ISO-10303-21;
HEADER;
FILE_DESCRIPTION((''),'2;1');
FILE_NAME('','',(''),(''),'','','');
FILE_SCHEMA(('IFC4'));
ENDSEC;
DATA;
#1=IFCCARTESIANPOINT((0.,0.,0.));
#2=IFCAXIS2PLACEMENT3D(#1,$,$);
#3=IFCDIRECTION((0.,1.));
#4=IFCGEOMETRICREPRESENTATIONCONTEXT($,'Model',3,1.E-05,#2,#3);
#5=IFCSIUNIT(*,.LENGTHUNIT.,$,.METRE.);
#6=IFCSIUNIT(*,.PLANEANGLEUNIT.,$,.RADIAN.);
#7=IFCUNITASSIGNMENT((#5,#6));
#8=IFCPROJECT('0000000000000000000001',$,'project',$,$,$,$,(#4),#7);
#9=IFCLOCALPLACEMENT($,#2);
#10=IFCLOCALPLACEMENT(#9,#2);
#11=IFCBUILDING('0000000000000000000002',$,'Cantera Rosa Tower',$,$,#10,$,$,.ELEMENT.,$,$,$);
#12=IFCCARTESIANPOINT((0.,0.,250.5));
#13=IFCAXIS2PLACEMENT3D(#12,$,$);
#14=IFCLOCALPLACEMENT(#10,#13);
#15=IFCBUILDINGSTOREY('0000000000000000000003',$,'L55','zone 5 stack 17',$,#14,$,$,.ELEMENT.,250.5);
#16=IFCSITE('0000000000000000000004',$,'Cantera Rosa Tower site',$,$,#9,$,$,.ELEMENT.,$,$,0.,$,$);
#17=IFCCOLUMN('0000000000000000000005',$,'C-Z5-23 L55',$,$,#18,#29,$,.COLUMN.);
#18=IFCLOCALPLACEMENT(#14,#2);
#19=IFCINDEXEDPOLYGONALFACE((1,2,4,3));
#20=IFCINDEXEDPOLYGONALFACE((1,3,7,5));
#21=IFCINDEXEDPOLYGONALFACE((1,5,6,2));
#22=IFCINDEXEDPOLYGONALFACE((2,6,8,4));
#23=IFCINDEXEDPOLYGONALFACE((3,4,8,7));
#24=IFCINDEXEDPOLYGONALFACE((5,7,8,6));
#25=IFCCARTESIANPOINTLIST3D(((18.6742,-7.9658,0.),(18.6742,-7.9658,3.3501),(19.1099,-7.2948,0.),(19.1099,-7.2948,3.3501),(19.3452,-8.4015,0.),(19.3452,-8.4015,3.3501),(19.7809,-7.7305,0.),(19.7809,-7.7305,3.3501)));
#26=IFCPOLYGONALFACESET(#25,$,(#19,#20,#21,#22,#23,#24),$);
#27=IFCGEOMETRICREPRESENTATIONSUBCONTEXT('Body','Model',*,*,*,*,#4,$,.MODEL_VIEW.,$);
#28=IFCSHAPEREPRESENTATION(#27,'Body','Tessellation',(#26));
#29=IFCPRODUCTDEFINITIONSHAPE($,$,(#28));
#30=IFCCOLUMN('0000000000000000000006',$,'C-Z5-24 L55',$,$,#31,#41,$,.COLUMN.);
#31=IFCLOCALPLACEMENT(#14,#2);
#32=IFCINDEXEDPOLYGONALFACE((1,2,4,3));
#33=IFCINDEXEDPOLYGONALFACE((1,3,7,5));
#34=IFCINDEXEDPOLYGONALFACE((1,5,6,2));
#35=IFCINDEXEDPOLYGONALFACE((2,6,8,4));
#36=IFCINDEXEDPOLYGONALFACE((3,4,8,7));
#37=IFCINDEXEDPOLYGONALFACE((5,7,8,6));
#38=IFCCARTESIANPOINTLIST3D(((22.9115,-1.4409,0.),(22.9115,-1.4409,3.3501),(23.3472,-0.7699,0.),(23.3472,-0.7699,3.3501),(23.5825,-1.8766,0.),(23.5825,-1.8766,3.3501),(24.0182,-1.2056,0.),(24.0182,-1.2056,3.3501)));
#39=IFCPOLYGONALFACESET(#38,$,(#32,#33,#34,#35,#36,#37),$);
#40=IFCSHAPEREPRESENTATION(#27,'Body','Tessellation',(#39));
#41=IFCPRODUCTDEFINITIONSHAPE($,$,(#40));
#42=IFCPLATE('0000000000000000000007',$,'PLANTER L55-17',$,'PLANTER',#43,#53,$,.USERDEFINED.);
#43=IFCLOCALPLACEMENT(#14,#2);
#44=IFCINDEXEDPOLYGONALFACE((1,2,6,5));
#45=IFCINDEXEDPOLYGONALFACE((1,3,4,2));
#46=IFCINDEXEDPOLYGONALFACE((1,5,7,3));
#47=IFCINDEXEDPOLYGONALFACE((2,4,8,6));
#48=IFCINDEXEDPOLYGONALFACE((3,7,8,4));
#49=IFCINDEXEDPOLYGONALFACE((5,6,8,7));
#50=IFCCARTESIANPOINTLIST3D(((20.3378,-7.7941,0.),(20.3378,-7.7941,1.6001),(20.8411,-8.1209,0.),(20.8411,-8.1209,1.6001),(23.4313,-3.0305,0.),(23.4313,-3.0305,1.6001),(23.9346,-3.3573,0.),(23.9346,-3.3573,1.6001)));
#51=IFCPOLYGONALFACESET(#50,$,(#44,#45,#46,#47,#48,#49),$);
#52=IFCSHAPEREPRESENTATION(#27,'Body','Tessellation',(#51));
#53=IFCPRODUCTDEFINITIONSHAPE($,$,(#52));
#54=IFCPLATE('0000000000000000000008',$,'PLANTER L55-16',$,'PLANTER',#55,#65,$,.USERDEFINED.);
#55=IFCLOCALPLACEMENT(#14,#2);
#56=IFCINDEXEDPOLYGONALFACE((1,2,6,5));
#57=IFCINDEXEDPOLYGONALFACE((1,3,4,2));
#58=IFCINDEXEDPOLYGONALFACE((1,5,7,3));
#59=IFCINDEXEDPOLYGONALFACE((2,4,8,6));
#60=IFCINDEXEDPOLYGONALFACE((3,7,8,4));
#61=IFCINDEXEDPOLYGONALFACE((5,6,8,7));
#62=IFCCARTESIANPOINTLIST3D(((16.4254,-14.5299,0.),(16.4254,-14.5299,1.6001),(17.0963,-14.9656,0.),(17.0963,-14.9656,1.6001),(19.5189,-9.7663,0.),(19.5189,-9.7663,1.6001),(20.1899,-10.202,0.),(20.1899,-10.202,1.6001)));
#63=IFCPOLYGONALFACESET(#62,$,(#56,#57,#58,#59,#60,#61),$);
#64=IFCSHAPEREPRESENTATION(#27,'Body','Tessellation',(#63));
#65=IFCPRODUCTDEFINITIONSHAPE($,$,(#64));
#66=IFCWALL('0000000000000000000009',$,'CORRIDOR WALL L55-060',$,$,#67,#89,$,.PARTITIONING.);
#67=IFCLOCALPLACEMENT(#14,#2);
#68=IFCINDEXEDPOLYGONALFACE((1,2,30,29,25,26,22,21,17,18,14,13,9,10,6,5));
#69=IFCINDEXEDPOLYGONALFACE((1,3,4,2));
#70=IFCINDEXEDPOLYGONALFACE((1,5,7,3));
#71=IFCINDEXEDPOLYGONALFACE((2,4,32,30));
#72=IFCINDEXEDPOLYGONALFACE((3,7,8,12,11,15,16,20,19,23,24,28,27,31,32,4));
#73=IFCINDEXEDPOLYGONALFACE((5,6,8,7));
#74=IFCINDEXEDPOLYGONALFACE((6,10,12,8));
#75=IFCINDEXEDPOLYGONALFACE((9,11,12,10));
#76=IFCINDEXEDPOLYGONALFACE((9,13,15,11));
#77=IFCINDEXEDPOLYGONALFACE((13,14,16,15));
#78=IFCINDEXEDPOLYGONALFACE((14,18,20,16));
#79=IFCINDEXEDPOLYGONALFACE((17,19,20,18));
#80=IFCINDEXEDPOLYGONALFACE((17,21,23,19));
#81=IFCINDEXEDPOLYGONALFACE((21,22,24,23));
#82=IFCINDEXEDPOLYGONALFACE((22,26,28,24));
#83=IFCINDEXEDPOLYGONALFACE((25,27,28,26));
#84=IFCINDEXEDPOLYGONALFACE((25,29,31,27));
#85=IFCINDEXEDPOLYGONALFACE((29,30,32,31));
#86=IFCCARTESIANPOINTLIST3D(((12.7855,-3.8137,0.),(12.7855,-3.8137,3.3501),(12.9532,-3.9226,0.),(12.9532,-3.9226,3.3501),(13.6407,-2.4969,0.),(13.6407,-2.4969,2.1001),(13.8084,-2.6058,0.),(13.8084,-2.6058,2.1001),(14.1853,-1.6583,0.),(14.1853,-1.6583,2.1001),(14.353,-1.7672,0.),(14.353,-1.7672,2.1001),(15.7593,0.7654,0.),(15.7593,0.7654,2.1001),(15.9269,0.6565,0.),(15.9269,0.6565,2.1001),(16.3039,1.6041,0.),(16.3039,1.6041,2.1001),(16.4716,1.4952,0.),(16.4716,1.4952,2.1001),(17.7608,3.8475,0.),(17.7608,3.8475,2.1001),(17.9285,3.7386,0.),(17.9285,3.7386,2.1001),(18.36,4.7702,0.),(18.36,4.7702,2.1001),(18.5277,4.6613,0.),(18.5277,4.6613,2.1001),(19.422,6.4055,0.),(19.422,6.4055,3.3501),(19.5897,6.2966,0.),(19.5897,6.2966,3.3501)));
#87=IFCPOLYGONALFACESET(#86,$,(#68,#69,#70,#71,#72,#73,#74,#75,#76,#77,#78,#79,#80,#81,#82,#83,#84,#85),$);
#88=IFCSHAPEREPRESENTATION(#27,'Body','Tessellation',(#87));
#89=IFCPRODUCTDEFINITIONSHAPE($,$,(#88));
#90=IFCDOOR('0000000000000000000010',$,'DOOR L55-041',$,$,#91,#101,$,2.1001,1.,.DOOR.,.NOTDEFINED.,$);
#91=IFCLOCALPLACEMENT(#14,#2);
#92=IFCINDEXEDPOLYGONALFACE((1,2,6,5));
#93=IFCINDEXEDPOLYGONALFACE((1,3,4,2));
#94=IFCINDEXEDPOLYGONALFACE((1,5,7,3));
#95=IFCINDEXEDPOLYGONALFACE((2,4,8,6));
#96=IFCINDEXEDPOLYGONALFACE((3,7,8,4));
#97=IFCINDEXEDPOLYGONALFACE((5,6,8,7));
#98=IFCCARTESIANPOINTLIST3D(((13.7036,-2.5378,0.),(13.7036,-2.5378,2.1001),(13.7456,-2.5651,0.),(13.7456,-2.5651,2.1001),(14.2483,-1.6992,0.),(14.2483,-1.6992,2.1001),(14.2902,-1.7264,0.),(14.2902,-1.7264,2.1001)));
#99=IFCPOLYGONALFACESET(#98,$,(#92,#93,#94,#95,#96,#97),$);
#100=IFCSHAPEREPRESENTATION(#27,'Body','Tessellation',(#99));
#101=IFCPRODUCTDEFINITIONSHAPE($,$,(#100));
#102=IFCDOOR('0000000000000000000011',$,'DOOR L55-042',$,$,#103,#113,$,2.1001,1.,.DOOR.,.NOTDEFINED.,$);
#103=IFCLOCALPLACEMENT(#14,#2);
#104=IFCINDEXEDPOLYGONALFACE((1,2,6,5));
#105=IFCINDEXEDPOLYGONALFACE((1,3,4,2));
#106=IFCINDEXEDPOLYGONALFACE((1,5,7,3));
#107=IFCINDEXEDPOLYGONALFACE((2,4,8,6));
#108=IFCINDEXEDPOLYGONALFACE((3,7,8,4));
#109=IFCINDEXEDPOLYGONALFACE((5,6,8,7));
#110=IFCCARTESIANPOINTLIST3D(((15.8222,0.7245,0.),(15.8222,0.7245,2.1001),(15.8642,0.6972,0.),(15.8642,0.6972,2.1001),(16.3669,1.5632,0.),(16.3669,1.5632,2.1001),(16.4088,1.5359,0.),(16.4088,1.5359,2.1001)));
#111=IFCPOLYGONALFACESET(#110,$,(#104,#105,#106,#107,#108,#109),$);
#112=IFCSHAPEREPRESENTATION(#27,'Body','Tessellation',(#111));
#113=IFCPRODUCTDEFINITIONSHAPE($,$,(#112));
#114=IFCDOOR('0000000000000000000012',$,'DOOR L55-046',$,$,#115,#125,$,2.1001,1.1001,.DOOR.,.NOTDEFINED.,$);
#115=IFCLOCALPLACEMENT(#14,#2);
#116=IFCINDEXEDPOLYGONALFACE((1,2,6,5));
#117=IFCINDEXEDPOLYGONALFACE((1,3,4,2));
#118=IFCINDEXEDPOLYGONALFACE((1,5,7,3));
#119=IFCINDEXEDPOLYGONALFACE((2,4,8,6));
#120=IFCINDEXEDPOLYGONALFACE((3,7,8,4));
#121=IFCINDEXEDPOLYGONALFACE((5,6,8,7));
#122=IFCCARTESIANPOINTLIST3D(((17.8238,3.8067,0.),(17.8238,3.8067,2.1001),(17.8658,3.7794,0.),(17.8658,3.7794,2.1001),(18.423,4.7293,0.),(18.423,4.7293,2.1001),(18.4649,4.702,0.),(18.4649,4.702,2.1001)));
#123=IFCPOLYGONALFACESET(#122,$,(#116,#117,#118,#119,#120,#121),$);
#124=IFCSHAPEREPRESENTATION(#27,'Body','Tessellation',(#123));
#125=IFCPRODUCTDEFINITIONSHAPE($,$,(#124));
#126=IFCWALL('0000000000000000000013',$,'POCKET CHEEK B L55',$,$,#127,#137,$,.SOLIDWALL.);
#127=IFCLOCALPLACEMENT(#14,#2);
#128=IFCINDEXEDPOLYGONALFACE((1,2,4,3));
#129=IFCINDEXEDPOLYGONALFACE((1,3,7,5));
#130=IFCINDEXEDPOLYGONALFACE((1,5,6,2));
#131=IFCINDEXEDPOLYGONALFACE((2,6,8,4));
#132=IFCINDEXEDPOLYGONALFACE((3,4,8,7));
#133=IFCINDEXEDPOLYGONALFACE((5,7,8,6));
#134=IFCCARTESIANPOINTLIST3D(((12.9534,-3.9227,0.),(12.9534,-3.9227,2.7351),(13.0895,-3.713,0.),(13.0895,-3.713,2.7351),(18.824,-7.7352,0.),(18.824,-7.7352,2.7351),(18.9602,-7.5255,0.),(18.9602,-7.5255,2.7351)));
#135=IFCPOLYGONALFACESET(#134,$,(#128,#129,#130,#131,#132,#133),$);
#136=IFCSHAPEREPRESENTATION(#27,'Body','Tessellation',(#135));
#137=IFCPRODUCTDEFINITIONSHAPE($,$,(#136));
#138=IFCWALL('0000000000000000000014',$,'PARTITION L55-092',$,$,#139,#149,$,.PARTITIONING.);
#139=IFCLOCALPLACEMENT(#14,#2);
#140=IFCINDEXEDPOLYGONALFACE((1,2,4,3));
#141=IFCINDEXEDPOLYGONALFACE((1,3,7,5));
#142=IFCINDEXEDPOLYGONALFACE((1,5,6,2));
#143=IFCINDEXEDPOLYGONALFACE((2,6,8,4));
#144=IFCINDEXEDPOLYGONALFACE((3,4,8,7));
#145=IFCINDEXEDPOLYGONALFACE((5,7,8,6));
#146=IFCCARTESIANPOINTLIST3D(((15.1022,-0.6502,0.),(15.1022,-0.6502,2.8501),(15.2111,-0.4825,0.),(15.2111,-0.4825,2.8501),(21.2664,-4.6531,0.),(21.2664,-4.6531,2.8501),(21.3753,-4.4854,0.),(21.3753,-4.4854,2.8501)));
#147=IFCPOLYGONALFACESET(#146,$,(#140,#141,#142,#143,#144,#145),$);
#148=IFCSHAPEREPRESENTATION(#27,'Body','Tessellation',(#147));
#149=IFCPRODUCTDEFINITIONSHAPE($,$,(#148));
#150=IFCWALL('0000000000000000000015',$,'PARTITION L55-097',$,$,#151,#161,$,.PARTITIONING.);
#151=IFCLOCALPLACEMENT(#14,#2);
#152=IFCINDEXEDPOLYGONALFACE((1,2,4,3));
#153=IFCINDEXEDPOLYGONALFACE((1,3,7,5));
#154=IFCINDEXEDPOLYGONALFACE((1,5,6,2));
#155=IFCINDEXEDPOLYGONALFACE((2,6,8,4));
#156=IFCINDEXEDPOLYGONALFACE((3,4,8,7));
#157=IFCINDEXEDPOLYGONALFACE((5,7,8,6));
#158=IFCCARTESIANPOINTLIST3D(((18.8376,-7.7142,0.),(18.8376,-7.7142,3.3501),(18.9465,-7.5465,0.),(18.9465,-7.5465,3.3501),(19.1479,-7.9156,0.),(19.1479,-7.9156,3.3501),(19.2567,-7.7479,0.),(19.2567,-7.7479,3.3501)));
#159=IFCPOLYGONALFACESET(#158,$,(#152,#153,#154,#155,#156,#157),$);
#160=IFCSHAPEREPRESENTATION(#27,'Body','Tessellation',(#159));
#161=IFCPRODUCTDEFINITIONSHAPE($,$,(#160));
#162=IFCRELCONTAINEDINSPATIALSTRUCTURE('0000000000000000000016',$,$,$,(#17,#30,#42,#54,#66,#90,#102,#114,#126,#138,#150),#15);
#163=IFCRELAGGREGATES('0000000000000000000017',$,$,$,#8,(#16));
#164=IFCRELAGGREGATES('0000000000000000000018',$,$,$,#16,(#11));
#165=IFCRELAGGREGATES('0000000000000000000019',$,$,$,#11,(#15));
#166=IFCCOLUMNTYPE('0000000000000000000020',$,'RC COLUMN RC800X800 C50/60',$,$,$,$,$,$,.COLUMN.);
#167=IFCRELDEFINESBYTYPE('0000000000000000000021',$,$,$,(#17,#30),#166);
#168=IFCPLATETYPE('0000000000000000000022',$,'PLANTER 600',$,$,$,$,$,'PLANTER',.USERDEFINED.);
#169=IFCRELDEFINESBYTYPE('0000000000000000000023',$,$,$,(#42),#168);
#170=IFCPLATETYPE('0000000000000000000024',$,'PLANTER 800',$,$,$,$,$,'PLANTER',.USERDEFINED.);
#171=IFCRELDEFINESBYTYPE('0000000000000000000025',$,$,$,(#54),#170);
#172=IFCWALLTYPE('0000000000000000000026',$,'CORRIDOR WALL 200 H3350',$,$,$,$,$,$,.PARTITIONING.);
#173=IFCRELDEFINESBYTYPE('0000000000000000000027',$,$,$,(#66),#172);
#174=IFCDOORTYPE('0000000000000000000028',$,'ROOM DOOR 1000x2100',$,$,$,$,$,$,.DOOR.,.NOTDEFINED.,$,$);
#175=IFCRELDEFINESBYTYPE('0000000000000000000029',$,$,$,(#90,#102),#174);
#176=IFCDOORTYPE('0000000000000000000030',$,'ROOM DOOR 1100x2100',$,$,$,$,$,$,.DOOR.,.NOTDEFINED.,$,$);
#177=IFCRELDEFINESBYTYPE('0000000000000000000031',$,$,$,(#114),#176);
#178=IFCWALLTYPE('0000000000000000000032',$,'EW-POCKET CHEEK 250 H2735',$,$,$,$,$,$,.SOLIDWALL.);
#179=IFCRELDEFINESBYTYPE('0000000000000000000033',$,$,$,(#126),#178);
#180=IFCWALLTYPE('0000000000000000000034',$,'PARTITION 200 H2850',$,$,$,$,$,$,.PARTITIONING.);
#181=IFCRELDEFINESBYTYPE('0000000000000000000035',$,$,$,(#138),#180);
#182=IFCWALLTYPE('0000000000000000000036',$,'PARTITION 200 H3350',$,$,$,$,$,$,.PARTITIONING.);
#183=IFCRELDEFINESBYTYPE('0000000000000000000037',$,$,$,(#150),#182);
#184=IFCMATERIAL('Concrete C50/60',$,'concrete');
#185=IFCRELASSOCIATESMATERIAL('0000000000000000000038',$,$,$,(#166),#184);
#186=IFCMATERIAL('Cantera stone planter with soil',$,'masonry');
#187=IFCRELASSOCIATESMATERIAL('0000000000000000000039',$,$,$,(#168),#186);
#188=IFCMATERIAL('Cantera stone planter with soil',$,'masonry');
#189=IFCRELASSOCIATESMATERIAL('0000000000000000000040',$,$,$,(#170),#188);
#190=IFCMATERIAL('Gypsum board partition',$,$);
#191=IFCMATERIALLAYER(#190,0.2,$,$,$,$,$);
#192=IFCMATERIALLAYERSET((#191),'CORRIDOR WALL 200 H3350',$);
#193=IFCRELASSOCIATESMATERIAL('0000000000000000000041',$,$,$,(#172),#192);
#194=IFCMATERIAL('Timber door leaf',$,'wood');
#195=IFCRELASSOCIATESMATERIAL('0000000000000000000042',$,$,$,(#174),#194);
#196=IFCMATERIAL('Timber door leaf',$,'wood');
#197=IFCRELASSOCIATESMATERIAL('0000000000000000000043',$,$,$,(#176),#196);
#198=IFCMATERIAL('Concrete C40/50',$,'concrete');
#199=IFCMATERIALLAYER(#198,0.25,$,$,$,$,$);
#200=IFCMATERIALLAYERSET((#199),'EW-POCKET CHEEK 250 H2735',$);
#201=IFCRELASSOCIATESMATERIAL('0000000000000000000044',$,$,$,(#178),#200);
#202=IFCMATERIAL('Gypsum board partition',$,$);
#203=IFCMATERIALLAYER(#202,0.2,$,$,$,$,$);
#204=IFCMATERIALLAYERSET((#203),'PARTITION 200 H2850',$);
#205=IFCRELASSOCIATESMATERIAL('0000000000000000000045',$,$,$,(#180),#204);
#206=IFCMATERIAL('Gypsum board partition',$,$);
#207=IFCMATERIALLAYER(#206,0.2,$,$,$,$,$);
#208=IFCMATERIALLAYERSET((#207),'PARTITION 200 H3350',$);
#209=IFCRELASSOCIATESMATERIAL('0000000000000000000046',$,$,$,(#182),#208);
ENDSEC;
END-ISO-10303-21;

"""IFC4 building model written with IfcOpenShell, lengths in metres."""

from ifc_helpers import new_model, si_unit, direction, frame, frame_2d, origin, origin_2d, place, context, subcontext, project, spatial, rectangle, extrude, material, layer, layer_set, material_profile, profile_set, type_object, element, fill, save


model = new_model("IFC4")

# Units and contexts
model_context = context("Model", 3, precision=1e-05, world=origin(), true_north=direction((0.0, 1.0)))
body_context = subcontext(model_context, "Body", "Model", "MODEL_VIEW")
ifc_project = project(units=[si_unit("LENGTHUNIT", "METRE"), si_unit("PLANEANGLEUNIT", "RADIAN")], contexts=[model_context])

# Site, building, storey
site_placement = place(None, origin())
site = spatial("IfcSite", under=ifc_project, at=site_placement, Name="Cantera Rosa Tower site", CompositionType="ELEMENT", RefElevation=0.0)
building_placement = place(site_placement, origin())
building = spatial("IfcBuilding", under=site, at=building_placement, Name="Cantera Rosa Tower", CompositionType="ELEMENT")
storey_placement = place(building_placement, frame((0.0, 0.0, 250.5)))
storey = spatial("IfcBuildingStorey", under=building, at=storey_placement, Name="L55", Description="zone 5 stack 17", CompositionType="ELEMENT", Elevation=250.5)

# Columns
ifc_material_1 = material(Name="Concrete C50/60", Category="concrete")
ifc_material_profile = material_profile(ifc_material_1, rectangle(XDim=0.8, YDim=0.8, at=origin_2d()), Name="RC COLUMN RC800X800 C50/60")
ifc_profile_set = profile_set([ifc_material_profile], Name="Concrete C50/60")
column_type = type_object("IfcColumnType", Name="RC COLUMN RC800X800 C50/60", PredefinedType="COLUMN", material=ifc_profile_set)
for number, where, z_axis, x_axis, name in (
    (1, (19.2275, -7.8481, 0.0), (0.0, 0.0, 1.0), (0.544639, 0.838671, 0.0), "C-Z5-23 L55"),
    (2, (23.4648, -1.3232, 0.0), (0.0, 0.0, 1.0), (0.544639, 0.838671, 0.0), "C-Z5-24 L55"),
):
    element("IfcColumn", number, at=place(storey_placement, frame(where, z_axis=z_axis, x_axis=x_axis)), inside=storey, type_object=column_type, Name=name, PredefinedType="COLUMN", context=body_context, shape_type="SweptSolid", body=[
        extrude(rectangle(XDim=0.8, YDim=0.8, at=origin_2d()), origin(), (0.0, 0.0, 1.0), 3.3501),
    ])

# Plates
ifc_material_2 = material(Name="Cantera stone planter with soil", Category="masonry")
plate_type_1 = type_object("IfcPlateType", Name="PLANTER 600", ElementType="PLANTER", PredefinedType="USERDEFINED", material=ifc_material_2)
plate_1_placement = place(storey_placement, frame((22.1362, -5.5757, 0.0), z_axis=(0.0, 0.0, 1.0), x_axis=(0.544639, 0.838671, 0.0)))
element("IfcPlate", 3, at=plate_1_placement, inside=storey, type_object=plate_type_1, Name="PLANTER L55-17", ObjectType="PLANTER", PredefinedType="USERDEFINED", context=body_context, shape_type="SweptSolid", body=[
    extrude(rectangle(XDim=5.6799, YDim=0.6001, at=origin_2d()), origin(), (0.0, 0.0, 1.0), 1.6001),
])
ifc_material_3 = material(Name="Cantera stone planter with soil", Category="masonry")
plate_type_2 = type_object("IfcPlateType", Name="PLANTER 800", ElementType="PLANTER", PredefinedType="USERDEFINED", material=ifc_material_3)
plate_2_placement = place(storey_placement, frame((18.3076, -12.366, 0.0), z_axis=(0.0, 0.0, 1.0), x_axis=(0.544639, 0.838671, 0.0)))
element("IfcPlate", 4, at=plate_2_placement, inside=storey, type_object=plate_type_2, Name="PLANTER L55-16", ObjectType="PLANTER", PredefinedType="USERDEFINED", context=body_context, shape_type="SweptSolid", body=[
    extrude(rectangle(XDim=5.6799, YDim=0.8, at=origin_2d()), origin(), (0.0, 0.0, 1.0), 1.6001),
])

# Wall, openings, doors
ifc_material_4 = material(Name="Gypsum board partition")
ifc_layer_1 = layer(ifc_material_4, 0.2)
ifc_layer_set_1 = layer_set([ifc_layer_1], Name="CORRIDOR WALL 200 H3350")
wall_type_1 = type_object("IfcWallType", Name="CORRIDOR WALL 200 H3350", PredefinedType="PARTITIONING", material=ifc_layer_set_1)
wall_1_placement = place(storey_placement, frame((12.8694, -3.8682, 0.0), z_axis=(0.0, 0.0, 1.0), x_axis=(0.54464, 0.83867, 0.0)))
wall_1 = element("IfcWall", 5, at=wall_1_placement, inside=storey, type_object=wall_type_1, Name="CORRIDOR WALL L55-060", PredefinedType="PARTITIONING", context=body_context, shape_type="SweptSolid", body=[
    extrude(rectangle(XDim=12.1851, YDim=0.2, at=frame_2d((6.0925, 0.0))), origin(), (0.0, 0.0, 1.0), 3.3501),
])
opening_1_placement = place(wall_1_placement, frame((1.5701, 0.0, 0.0)))
opening_1 = element("IfcOpeningElement", 6, at=opening_1_placement, cuts=wall_1, PredefinedType="OPENING", context=body_context, shape_type="SweptSolid", body=[
    extrude(rectangle(XDim=1.0, YDim=2.1001, at=frame_2d((0.5, 1.05))), frame((0.0, 0.1099, 0.0), z_axis=(0.0, -1.0, 0.0), x_axis=(1.0, 0.0, 0.0)), (0.0, 0.0, 1.0), 0.22),
])
opening_2_placement = place(wall_1_placement, frame((5.46, 0.0, 0.0)))
opening_2 = element("IfcOpeningElement", 7, at=opening_2_placement, cuts=wall_1, PredefinedType="OPENING", context=body_context, shape_type="SweptSolid", body=[
    extrude(rectangle(XDim=1.0, YDim=2.1001, at=frame_2d((0.5, 1.05))), frame((0.0, 0.1099, 0.0), z_axis=(0.0, -1.0, 0.0), x_axis=(1.0, 0.0, 0.0)), (0.0, 0.0, 1.0), 0.22),
])
opening_3_placement = place(wall_1_placement, frame((9.135, 0.0, 0.0)))
opening_3 = element("IfcOpeningElement", 8, at=opening_3_placement, cuts=wall_1, PredefinedType="OPENING", context=body_context, shape_type="SweptSolid", body=[
    extrude(rectangle(XDim=1.1001, YDim=2.1001, at=frame_2d((0.55, 1.05))), frame((0.0, 0.1099, 0.0), z_axis=(0.0, -1.0, 0.0), x_axis=(1.0, 0.0, 0.0)), (0.0, 0.0, 1.0), 0.22),
])
ifc_material_5 = material(Name="Timber door leaf", Category="wood")
door_type_1 = type_object("IfcDoorType", Name="ROOM DOOR 1000x2100", OperationType="NOTDEFINED", PredefinedType="DOOR", material=ifc_material_5)
door_1_placement = place(opening_1_placement, origin())
door_1 = element("IfcDoor", 9, at=door_1_placement, inside=storey, type_object=door_type_1, Name="DOOR L55-041", OperationType="NOTDEFINED", OverallHeight=2.1001, OverallWidth=1.0, PredefinedType="DOOR", context=body_context, shape_type="SweptSolid", body=[
    extrude(rectangle(XDim=1.0, YDim=2.1001, at=frame_2d((0.5, 1.05))), frame((0.0, 0.0249, 0.0), z_axis=(0.0, -1.0, 0.0), x_axis=(1.0, 0.0, 0.0)), (0.0, 0.0, 1.0), 0.05),
])
fill(opening_1, door_1)
door_2_placement = place(opening_2_placement, origin())
door_2 = element("IfcDoor", 10, at=door_2_placement, inside=storey, type_object=door_type_1, Name="DOOR L55-042", OperationType="NOTDEFINED", OverallHeight=2.1001, OverallWidth=1.0, PredefinedType="DOOR", context=body_context, shape_type="SweptSolid", body=[
    extrude(rectangle(XDim=1.0, YDim=2.1001, at=frame_2d((0.5, 1.05))), frame((0.0, 0.0249, 0.0), z_axis=(0.0, -1.0, 0.0), x_axis=(1.0, 0.0, 0.0)), (0.0, 0.0, 1.0), 0.05),
])
fill(opening_2, door_2)
ifc_material_6 = material(Name="Timber door leaf", Category="wood")
door_type_2 = type_object("IfcDoorType", Name="ROOM DOOR 1100x2100", OperationType="NOTDEFINED", PredefinedType="DOOR", material=ifc_material_6)
door_3_placement = place(opening_3_placement, origin())
door_3 = element("IfcDoor", 11, at=door_3_placement, inside=storey, type_object=door_type_2, Name="DOOR L55-046", OperationType="NOTDEFINED", OverallHeight=2.1001, OverallWidth=1.1001, PredefinedType="DOOR", context=body_context, shape_type="SweptSolid", body=[
    extrude(rectangle(XDim=1.1001, YDim=2.1001, at=frame_2d((0.55, 1.05))), frame((0.0, 0.0249, 0.0), z_axis=(0.0, -1.0, 0.0), x_axis=(1.0, 0.0, 0.0)), (0.0, 0.0, 1.0), 0.05),
])
fill(opening_3, door_3)

# Walls
ifc_material_7 = material(Name="Concrete C40/50", Category="concrete")
ifc_layer_2 = layer(ifc_material_7, 0.25)
ifc_layer_set_2 = layer_set([ifc_layer_2], Name="EW-POCKET CHEEK 250 H2735")
wall_type_2 = type_object("IfcWallType", Name="EW-POCKET CHEEK 250 H2735", PredefinedType="SOLIDWALL", material=ifc_layer_set_2)
wall_2_placement = place(storey_placement, frame((18.8921, -7.6304, 0.0), z_axis=(0.0, 0.0, 1.0), x_axis=(-0.838665, 0.544647, 0.0)))
element("IfcWall", 12, at=wall_2_placement, inside=storey, type_object=wall_type_2, Name="POCKET CHEEK B L55", PredefinedType="SOLIDWALL", context=body_context, shape_type="SweptSolid", body=[
    extrude(rectangle(XDim=7.0, YDim=0.25, at=frame_2d((3.5, 0.0))), origin(), (0.0, 0.0, 1.0), 2.7351),
])
ifc_material_8 = material(Name="Gypsum board partition")
ifc_layer_3 = layer(ifc_material_8, 0.2)
ifc_layer_set_3 = layer_set([ifc_layer_3], Name="PARTITION 200 H2850")
wall_type_3 = type_object("IfcWallType", Name="PARTITION 200 H2850", PredefinedType="PARTITIONING", material=ifc_layer_set_3)
wall_3_placement = place(storey_placement, frame((15.1567, -0.5664, 0.0), z_axis=(0.0, 0.0, 1.0), x_axis=(0.838684, -0.544618, 0.0)))
element("IfcWall", 13, at=wall_3_placement, inside=storey, type_object=wall_type_3, Name="PARTITION L55-092", PredefinedType="PARTITIONING", context=body_context, shape_type="SweptSolid", body=[
    extrude(rectangle(XDim=7.3499, YDim=0.2, at=frame_2d((3.6748, 0.0))), origin(), (0.0, 0.0, 1.0), 2.8501),
])
ifc_material_9 = material(Name="Gypsum board partition")
ifc_layer_4 = layer(ifc_material_9, 0.2)
ifc_layer_set_4 = layer_set([ifc_layer_4], Name="PARTITION 200 H3350")
wall_type_4 = type_object("IfcWallType", Name="PARTITION 200 H3350", PredefinedType="PARTITIONING", material=ifc_layer_set_4)
wall_4_placement = place(storey_placement, frame((19.2024, -7.8318, 0.0), z_axis=(0.0, 0.0, 1.0), x_axis=(-0.83879, 0.544455, 0.0)))
element("IfcWall", 14, at=wall_4_placement, inside=storey, type_object=wall_type_4, Name="PARTITION L55-097", PredefinedType="PARTITIONING", context=body_context, shape_type="SweptSolid", body=[
    extrude(rectangle(XDim=0.3699, YDim=0.2, at=frame_2d((0.1851, 0.0))), origin(), (0.0, 0.0, 1.0), 3.3501),
])

save(model, "model.ifc")
